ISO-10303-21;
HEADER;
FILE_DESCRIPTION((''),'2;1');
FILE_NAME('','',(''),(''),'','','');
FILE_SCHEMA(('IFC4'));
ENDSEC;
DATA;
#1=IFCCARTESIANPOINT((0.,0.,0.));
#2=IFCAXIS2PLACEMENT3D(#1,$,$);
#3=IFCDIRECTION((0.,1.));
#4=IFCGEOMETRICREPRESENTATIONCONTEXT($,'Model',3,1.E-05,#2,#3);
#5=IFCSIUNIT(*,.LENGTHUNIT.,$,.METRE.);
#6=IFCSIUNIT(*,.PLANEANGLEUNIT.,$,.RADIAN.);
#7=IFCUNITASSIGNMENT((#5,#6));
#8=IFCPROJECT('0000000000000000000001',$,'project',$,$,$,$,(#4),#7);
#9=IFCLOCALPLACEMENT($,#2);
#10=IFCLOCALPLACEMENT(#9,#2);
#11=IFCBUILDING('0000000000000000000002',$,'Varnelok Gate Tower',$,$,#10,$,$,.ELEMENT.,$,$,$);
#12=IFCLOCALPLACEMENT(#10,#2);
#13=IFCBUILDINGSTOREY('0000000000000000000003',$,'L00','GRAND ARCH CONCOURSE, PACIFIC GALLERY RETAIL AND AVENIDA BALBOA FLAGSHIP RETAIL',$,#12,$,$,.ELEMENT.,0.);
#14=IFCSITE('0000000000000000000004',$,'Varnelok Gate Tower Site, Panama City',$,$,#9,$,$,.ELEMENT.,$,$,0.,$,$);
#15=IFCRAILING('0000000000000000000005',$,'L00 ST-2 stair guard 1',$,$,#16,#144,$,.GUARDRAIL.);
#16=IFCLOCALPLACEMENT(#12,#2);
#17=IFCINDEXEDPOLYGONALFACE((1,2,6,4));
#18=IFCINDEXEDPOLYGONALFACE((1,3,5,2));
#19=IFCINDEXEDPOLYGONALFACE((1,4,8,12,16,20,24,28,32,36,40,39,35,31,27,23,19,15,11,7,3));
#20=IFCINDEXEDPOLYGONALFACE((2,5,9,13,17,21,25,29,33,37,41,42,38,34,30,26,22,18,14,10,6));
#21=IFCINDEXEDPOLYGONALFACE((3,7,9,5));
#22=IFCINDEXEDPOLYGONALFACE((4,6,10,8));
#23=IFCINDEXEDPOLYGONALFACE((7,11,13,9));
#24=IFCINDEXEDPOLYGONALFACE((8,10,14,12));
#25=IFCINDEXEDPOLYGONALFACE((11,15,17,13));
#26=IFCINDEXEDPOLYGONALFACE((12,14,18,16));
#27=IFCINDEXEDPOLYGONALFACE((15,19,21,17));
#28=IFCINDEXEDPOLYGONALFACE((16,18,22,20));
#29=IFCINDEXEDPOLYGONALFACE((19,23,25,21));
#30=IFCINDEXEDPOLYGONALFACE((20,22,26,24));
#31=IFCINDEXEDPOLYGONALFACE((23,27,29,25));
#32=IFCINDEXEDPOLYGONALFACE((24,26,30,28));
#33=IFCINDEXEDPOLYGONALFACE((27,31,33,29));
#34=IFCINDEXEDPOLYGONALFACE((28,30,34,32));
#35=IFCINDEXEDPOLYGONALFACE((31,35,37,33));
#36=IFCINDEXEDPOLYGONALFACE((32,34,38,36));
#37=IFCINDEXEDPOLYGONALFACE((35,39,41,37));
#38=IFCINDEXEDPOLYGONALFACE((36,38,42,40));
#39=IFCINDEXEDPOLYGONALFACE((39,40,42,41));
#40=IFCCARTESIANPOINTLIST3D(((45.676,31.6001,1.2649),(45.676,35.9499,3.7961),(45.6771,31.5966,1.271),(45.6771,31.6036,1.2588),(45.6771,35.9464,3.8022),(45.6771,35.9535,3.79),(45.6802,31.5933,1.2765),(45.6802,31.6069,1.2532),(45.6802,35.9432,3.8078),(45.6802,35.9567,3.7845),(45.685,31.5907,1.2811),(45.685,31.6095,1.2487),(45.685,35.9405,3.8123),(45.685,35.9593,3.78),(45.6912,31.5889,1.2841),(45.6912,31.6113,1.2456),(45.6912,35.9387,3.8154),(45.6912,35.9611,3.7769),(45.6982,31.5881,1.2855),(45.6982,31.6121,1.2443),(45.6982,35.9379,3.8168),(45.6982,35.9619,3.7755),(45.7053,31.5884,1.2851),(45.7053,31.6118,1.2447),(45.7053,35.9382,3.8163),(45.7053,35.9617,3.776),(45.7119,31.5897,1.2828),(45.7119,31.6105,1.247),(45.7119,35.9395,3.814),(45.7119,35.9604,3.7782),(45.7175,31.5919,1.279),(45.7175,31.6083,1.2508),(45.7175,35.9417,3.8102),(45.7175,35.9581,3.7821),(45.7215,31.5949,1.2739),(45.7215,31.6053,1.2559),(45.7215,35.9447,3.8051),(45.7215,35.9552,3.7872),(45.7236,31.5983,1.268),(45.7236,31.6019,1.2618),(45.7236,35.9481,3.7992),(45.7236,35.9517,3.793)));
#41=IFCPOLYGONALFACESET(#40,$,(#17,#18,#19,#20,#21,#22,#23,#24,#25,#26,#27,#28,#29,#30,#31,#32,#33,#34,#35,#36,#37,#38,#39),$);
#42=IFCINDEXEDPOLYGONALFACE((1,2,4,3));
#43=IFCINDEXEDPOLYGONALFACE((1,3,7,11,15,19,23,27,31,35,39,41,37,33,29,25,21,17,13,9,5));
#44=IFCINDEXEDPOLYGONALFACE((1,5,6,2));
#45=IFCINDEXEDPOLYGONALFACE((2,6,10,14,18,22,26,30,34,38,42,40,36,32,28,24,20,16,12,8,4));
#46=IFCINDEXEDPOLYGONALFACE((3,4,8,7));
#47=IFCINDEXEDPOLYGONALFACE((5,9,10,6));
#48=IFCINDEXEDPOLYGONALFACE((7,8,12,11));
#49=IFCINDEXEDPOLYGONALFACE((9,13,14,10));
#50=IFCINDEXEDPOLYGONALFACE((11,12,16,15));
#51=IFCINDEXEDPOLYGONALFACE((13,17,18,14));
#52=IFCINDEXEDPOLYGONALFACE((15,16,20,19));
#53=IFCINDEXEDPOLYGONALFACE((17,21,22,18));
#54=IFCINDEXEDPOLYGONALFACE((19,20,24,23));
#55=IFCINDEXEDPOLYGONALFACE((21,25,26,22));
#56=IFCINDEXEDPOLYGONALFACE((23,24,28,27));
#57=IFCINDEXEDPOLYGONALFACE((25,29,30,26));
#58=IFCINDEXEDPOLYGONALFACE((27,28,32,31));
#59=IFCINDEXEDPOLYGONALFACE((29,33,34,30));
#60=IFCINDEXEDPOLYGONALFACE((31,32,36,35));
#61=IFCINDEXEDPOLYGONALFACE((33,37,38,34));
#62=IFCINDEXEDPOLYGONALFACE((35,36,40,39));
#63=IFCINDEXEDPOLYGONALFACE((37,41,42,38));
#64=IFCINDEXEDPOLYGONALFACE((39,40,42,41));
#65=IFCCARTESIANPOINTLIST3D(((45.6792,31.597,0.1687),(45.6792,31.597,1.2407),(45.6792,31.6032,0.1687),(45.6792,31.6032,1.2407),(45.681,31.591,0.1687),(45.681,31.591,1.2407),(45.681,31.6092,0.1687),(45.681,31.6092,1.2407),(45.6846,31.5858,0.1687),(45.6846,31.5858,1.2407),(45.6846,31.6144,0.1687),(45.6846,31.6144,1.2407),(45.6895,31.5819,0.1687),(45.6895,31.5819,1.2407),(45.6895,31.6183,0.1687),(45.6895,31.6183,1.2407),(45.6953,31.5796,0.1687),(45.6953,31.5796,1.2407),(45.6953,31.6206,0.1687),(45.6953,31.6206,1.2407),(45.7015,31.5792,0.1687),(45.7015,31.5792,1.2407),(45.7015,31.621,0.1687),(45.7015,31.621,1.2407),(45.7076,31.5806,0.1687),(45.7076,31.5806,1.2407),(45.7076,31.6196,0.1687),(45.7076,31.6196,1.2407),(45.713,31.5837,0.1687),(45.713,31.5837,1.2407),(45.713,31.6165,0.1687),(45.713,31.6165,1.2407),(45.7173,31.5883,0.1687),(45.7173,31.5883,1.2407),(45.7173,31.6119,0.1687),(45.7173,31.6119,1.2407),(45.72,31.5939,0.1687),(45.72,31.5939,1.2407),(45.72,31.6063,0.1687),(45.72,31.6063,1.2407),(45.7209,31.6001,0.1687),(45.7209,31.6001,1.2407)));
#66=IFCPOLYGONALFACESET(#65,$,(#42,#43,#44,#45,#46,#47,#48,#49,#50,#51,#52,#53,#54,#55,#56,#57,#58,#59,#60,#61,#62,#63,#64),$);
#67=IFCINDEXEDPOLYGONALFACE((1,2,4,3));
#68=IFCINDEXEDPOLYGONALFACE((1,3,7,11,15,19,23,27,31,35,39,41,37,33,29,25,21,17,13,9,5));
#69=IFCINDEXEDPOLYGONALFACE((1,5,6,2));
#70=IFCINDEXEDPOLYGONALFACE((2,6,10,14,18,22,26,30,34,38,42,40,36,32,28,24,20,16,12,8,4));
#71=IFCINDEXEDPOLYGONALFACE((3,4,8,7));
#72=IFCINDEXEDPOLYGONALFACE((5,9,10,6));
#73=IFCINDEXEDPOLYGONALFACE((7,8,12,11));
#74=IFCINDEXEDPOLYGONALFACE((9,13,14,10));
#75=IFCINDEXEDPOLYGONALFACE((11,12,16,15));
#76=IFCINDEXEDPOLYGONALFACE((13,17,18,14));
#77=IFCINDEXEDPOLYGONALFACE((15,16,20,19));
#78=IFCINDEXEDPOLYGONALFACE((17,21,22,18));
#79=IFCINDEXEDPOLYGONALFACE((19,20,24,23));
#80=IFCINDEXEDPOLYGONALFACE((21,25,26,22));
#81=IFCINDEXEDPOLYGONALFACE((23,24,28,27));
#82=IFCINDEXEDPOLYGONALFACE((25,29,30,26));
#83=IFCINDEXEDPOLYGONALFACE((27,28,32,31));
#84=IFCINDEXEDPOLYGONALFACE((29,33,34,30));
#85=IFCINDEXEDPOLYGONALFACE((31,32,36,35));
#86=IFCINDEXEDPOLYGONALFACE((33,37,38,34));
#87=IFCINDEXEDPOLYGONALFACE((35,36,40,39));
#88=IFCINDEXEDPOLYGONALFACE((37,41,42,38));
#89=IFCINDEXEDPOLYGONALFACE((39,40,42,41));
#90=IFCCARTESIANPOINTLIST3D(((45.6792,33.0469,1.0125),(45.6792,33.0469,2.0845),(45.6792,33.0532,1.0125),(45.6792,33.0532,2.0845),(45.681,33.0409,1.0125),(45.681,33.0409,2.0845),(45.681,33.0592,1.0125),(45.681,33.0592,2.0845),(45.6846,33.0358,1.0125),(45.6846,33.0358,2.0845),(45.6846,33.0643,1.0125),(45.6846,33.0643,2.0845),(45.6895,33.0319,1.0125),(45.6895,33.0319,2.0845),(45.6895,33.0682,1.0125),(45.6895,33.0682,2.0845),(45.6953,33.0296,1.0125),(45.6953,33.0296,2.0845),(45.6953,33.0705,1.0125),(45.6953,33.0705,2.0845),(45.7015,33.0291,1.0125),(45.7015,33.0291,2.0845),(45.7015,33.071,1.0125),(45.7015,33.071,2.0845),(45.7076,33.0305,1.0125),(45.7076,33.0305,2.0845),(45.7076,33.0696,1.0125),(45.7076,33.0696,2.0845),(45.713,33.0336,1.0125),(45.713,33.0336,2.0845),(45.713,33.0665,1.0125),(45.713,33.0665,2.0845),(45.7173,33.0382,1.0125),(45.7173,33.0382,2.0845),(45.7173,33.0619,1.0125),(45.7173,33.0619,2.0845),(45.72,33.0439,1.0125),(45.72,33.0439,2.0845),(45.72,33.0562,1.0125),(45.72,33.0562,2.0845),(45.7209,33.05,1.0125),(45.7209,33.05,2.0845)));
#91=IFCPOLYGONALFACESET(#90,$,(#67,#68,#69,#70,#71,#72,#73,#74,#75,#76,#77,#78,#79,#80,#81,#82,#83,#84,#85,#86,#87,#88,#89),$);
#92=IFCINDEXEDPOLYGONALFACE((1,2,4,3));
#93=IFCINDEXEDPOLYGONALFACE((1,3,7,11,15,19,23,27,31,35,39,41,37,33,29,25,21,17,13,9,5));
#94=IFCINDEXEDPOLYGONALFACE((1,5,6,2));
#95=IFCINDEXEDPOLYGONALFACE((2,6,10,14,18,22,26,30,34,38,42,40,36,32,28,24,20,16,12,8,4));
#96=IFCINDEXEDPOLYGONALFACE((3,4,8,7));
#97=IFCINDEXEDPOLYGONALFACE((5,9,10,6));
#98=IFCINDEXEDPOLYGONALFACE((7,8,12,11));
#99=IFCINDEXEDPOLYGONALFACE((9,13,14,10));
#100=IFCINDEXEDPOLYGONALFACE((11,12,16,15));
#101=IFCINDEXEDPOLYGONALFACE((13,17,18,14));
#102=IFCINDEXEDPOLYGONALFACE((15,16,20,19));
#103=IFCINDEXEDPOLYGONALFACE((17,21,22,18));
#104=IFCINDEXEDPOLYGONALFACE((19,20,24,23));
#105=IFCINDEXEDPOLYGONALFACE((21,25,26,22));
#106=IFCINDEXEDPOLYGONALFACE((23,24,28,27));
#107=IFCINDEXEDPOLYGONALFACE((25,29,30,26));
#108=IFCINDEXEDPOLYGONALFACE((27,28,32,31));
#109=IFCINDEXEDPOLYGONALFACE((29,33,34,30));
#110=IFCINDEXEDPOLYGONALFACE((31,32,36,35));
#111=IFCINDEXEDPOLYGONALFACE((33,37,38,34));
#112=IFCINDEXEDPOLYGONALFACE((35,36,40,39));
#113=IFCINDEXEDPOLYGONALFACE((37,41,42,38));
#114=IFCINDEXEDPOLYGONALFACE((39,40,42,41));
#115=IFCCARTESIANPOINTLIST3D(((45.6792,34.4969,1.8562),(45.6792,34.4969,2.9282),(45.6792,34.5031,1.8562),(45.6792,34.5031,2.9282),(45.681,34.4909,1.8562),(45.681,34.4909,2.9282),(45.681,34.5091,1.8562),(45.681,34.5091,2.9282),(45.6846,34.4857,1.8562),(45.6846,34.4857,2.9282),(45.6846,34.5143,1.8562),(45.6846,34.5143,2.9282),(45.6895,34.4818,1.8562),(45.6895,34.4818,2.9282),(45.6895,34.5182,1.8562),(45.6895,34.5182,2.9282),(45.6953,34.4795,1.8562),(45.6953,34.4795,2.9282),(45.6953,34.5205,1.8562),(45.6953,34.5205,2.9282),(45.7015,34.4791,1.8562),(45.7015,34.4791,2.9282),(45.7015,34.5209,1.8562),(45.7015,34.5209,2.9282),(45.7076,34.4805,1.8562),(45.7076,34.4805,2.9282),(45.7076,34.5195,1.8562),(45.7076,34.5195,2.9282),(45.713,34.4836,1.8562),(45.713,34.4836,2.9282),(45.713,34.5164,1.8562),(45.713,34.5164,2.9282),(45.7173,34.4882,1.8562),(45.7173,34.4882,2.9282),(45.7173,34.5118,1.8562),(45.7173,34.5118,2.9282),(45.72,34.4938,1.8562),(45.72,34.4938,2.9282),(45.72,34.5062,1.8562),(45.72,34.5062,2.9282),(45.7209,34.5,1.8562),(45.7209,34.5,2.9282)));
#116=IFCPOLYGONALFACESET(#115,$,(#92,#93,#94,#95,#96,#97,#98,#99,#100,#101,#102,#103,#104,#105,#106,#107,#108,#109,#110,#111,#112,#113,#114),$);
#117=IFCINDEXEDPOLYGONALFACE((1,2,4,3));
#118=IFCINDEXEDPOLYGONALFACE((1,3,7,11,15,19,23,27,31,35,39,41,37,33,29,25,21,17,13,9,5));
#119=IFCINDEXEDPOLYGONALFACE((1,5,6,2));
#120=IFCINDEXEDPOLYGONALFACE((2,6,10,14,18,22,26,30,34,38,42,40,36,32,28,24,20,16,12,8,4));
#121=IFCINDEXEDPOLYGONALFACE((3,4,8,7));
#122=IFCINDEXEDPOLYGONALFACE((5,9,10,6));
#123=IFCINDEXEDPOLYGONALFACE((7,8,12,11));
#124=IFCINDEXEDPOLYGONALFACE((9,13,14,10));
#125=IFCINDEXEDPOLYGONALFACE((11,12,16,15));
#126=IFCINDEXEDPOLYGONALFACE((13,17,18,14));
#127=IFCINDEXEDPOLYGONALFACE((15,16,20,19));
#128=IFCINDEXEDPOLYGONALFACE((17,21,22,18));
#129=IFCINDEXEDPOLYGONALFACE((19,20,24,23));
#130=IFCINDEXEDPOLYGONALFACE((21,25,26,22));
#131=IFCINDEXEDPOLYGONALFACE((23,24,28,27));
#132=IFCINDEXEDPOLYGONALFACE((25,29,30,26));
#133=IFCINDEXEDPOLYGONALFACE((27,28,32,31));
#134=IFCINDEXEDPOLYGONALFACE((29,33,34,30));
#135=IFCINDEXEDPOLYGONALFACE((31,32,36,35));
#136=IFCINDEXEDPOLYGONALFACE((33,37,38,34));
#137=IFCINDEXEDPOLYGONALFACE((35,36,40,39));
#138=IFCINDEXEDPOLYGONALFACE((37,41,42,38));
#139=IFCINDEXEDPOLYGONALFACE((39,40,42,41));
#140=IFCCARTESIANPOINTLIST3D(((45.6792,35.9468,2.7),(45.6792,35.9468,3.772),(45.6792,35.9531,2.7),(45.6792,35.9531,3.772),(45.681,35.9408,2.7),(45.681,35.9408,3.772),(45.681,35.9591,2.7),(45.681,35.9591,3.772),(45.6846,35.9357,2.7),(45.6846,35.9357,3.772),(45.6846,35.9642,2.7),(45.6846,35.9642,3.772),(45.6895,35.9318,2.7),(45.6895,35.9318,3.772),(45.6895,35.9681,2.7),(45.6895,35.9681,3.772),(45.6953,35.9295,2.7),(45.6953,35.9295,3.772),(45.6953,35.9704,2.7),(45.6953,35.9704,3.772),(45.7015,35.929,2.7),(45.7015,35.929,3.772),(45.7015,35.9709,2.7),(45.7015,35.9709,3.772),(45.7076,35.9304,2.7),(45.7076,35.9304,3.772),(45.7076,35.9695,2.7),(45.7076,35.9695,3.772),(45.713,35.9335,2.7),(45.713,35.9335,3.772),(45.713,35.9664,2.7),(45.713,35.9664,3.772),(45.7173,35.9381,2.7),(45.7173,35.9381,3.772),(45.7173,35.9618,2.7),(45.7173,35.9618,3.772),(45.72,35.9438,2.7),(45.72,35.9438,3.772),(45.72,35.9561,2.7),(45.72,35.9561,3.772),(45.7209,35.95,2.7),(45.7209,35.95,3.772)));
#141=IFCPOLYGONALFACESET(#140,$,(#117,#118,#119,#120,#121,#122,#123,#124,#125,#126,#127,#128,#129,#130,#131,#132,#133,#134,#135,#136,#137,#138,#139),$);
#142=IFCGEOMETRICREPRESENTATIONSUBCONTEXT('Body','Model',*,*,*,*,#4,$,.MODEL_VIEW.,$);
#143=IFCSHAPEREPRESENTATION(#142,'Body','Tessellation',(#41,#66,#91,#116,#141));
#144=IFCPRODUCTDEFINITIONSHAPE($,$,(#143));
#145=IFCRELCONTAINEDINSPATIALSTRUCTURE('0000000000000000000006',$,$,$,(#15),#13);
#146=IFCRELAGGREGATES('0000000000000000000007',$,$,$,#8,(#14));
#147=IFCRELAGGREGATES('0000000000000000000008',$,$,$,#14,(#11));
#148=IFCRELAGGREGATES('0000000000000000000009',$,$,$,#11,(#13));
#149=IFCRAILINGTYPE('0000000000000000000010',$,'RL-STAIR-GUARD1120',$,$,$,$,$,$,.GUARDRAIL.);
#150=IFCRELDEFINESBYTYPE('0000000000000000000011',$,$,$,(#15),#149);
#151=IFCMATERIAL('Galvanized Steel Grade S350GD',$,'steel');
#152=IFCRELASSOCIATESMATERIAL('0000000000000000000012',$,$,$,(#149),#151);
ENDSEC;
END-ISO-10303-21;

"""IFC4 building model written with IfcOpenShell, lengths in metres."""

from ifc_helpers import new_model, si_unit, direction, frame, origin, origin_2d, place, context, subcontext, project, spatial, circle, extrude, material, type_object, element, save


model = new_model("IFC4")

# Units and contexts
model_context = context("Model", 3, precision=1e-05, world=origin(), true_north=direction((0.0, 1.0)))
body_context = subcontext(model_context, "Body", "Model", "MODEL_VIEW")
ifc_project = project(units=[si_unit("LENGTHUNIT", "METRE"), si_unit("PLANEANGLEUNIT", "RADIAN")], contexts=[model_context])

# Site, building, storey
site_placement = place(None, origin())
site = spatial("IfcSite", under=ifc_project, at=site_placement, Name="Varnelok Gate Tower Site, Panama City", CompositionType="ELEMENT", RefElevation=0.0)
building_placement = place(site_placement, origin())
building = spatial("IfcBuilding", under=site, at=building_placement, Name="Varnelok Gate Tower", CompositionType="ELEMENT")
storey_placement = place(building_placement, origin())
storey = spatial("IfcBuildingStorey", under=building, at=storey_placement, Name="L00", Description="GRAND ARCH CONCOURSE, PACIFIC GALLERY RETAIL AND AVENIDA BALBOA FLAGSHIP RETAIL", CompositionType="ELEMENT", Elevation=0.0)

# Shared definitions
ifc_material_1 = material(Name="Galvanized Steel Grade S350GD", Category="steel")

# Railing
railing_type_1 = type_object("IfcRailingType", Name="RL-STAIR-GUARD1120", PredefinedType="GUARDRAIL", material=ifc_material_1)
railing_1_placement = place(storey_placement, frame((45.7, 31.6001, 0.1687)))
element("IfcRailing", 1, at=railing_1_placement, inside=storey, type_object=railing_type_1, Name="L00 ST-2 stair guard 1", PredefinedType="GUARDRAIL", context=body_context, shape_type="SweptSolid", body=[
    extrude(circle(Radius=0.0239, at=origin_2d()), frame((0.0, 0.0, 1.0962), z_axis=(0.0, 0.864312, 0.502957), x_axis=(-1.0, 0.0, 0.0)), (0.0, 0.0, 1.0), 5.0327),
    extrude(circle(Radius=0.021, at=origin_2d()), origin(), (0.0, 0.0, 1.0), 1.072),
    extrude(circle(Radius=0.021, at=origin_2d()), frame((0.0, 1.45, 0.8438)), (0.0, 0.0, 1.0), 1.072),
    extrude(circle(Radius=0.021, at=origin_2d()), frame((0.0, 2.8999, 1.6875)), (0.0, 0.0, 1.0), 1.072),
    extrude(circle(Radius=0.021, at=origin_2d()), frame((0.0, 4.3499, 2.5312)), (0.0, 0.0, 1.0), 1.072),
])

save(model, "model.ifc")
